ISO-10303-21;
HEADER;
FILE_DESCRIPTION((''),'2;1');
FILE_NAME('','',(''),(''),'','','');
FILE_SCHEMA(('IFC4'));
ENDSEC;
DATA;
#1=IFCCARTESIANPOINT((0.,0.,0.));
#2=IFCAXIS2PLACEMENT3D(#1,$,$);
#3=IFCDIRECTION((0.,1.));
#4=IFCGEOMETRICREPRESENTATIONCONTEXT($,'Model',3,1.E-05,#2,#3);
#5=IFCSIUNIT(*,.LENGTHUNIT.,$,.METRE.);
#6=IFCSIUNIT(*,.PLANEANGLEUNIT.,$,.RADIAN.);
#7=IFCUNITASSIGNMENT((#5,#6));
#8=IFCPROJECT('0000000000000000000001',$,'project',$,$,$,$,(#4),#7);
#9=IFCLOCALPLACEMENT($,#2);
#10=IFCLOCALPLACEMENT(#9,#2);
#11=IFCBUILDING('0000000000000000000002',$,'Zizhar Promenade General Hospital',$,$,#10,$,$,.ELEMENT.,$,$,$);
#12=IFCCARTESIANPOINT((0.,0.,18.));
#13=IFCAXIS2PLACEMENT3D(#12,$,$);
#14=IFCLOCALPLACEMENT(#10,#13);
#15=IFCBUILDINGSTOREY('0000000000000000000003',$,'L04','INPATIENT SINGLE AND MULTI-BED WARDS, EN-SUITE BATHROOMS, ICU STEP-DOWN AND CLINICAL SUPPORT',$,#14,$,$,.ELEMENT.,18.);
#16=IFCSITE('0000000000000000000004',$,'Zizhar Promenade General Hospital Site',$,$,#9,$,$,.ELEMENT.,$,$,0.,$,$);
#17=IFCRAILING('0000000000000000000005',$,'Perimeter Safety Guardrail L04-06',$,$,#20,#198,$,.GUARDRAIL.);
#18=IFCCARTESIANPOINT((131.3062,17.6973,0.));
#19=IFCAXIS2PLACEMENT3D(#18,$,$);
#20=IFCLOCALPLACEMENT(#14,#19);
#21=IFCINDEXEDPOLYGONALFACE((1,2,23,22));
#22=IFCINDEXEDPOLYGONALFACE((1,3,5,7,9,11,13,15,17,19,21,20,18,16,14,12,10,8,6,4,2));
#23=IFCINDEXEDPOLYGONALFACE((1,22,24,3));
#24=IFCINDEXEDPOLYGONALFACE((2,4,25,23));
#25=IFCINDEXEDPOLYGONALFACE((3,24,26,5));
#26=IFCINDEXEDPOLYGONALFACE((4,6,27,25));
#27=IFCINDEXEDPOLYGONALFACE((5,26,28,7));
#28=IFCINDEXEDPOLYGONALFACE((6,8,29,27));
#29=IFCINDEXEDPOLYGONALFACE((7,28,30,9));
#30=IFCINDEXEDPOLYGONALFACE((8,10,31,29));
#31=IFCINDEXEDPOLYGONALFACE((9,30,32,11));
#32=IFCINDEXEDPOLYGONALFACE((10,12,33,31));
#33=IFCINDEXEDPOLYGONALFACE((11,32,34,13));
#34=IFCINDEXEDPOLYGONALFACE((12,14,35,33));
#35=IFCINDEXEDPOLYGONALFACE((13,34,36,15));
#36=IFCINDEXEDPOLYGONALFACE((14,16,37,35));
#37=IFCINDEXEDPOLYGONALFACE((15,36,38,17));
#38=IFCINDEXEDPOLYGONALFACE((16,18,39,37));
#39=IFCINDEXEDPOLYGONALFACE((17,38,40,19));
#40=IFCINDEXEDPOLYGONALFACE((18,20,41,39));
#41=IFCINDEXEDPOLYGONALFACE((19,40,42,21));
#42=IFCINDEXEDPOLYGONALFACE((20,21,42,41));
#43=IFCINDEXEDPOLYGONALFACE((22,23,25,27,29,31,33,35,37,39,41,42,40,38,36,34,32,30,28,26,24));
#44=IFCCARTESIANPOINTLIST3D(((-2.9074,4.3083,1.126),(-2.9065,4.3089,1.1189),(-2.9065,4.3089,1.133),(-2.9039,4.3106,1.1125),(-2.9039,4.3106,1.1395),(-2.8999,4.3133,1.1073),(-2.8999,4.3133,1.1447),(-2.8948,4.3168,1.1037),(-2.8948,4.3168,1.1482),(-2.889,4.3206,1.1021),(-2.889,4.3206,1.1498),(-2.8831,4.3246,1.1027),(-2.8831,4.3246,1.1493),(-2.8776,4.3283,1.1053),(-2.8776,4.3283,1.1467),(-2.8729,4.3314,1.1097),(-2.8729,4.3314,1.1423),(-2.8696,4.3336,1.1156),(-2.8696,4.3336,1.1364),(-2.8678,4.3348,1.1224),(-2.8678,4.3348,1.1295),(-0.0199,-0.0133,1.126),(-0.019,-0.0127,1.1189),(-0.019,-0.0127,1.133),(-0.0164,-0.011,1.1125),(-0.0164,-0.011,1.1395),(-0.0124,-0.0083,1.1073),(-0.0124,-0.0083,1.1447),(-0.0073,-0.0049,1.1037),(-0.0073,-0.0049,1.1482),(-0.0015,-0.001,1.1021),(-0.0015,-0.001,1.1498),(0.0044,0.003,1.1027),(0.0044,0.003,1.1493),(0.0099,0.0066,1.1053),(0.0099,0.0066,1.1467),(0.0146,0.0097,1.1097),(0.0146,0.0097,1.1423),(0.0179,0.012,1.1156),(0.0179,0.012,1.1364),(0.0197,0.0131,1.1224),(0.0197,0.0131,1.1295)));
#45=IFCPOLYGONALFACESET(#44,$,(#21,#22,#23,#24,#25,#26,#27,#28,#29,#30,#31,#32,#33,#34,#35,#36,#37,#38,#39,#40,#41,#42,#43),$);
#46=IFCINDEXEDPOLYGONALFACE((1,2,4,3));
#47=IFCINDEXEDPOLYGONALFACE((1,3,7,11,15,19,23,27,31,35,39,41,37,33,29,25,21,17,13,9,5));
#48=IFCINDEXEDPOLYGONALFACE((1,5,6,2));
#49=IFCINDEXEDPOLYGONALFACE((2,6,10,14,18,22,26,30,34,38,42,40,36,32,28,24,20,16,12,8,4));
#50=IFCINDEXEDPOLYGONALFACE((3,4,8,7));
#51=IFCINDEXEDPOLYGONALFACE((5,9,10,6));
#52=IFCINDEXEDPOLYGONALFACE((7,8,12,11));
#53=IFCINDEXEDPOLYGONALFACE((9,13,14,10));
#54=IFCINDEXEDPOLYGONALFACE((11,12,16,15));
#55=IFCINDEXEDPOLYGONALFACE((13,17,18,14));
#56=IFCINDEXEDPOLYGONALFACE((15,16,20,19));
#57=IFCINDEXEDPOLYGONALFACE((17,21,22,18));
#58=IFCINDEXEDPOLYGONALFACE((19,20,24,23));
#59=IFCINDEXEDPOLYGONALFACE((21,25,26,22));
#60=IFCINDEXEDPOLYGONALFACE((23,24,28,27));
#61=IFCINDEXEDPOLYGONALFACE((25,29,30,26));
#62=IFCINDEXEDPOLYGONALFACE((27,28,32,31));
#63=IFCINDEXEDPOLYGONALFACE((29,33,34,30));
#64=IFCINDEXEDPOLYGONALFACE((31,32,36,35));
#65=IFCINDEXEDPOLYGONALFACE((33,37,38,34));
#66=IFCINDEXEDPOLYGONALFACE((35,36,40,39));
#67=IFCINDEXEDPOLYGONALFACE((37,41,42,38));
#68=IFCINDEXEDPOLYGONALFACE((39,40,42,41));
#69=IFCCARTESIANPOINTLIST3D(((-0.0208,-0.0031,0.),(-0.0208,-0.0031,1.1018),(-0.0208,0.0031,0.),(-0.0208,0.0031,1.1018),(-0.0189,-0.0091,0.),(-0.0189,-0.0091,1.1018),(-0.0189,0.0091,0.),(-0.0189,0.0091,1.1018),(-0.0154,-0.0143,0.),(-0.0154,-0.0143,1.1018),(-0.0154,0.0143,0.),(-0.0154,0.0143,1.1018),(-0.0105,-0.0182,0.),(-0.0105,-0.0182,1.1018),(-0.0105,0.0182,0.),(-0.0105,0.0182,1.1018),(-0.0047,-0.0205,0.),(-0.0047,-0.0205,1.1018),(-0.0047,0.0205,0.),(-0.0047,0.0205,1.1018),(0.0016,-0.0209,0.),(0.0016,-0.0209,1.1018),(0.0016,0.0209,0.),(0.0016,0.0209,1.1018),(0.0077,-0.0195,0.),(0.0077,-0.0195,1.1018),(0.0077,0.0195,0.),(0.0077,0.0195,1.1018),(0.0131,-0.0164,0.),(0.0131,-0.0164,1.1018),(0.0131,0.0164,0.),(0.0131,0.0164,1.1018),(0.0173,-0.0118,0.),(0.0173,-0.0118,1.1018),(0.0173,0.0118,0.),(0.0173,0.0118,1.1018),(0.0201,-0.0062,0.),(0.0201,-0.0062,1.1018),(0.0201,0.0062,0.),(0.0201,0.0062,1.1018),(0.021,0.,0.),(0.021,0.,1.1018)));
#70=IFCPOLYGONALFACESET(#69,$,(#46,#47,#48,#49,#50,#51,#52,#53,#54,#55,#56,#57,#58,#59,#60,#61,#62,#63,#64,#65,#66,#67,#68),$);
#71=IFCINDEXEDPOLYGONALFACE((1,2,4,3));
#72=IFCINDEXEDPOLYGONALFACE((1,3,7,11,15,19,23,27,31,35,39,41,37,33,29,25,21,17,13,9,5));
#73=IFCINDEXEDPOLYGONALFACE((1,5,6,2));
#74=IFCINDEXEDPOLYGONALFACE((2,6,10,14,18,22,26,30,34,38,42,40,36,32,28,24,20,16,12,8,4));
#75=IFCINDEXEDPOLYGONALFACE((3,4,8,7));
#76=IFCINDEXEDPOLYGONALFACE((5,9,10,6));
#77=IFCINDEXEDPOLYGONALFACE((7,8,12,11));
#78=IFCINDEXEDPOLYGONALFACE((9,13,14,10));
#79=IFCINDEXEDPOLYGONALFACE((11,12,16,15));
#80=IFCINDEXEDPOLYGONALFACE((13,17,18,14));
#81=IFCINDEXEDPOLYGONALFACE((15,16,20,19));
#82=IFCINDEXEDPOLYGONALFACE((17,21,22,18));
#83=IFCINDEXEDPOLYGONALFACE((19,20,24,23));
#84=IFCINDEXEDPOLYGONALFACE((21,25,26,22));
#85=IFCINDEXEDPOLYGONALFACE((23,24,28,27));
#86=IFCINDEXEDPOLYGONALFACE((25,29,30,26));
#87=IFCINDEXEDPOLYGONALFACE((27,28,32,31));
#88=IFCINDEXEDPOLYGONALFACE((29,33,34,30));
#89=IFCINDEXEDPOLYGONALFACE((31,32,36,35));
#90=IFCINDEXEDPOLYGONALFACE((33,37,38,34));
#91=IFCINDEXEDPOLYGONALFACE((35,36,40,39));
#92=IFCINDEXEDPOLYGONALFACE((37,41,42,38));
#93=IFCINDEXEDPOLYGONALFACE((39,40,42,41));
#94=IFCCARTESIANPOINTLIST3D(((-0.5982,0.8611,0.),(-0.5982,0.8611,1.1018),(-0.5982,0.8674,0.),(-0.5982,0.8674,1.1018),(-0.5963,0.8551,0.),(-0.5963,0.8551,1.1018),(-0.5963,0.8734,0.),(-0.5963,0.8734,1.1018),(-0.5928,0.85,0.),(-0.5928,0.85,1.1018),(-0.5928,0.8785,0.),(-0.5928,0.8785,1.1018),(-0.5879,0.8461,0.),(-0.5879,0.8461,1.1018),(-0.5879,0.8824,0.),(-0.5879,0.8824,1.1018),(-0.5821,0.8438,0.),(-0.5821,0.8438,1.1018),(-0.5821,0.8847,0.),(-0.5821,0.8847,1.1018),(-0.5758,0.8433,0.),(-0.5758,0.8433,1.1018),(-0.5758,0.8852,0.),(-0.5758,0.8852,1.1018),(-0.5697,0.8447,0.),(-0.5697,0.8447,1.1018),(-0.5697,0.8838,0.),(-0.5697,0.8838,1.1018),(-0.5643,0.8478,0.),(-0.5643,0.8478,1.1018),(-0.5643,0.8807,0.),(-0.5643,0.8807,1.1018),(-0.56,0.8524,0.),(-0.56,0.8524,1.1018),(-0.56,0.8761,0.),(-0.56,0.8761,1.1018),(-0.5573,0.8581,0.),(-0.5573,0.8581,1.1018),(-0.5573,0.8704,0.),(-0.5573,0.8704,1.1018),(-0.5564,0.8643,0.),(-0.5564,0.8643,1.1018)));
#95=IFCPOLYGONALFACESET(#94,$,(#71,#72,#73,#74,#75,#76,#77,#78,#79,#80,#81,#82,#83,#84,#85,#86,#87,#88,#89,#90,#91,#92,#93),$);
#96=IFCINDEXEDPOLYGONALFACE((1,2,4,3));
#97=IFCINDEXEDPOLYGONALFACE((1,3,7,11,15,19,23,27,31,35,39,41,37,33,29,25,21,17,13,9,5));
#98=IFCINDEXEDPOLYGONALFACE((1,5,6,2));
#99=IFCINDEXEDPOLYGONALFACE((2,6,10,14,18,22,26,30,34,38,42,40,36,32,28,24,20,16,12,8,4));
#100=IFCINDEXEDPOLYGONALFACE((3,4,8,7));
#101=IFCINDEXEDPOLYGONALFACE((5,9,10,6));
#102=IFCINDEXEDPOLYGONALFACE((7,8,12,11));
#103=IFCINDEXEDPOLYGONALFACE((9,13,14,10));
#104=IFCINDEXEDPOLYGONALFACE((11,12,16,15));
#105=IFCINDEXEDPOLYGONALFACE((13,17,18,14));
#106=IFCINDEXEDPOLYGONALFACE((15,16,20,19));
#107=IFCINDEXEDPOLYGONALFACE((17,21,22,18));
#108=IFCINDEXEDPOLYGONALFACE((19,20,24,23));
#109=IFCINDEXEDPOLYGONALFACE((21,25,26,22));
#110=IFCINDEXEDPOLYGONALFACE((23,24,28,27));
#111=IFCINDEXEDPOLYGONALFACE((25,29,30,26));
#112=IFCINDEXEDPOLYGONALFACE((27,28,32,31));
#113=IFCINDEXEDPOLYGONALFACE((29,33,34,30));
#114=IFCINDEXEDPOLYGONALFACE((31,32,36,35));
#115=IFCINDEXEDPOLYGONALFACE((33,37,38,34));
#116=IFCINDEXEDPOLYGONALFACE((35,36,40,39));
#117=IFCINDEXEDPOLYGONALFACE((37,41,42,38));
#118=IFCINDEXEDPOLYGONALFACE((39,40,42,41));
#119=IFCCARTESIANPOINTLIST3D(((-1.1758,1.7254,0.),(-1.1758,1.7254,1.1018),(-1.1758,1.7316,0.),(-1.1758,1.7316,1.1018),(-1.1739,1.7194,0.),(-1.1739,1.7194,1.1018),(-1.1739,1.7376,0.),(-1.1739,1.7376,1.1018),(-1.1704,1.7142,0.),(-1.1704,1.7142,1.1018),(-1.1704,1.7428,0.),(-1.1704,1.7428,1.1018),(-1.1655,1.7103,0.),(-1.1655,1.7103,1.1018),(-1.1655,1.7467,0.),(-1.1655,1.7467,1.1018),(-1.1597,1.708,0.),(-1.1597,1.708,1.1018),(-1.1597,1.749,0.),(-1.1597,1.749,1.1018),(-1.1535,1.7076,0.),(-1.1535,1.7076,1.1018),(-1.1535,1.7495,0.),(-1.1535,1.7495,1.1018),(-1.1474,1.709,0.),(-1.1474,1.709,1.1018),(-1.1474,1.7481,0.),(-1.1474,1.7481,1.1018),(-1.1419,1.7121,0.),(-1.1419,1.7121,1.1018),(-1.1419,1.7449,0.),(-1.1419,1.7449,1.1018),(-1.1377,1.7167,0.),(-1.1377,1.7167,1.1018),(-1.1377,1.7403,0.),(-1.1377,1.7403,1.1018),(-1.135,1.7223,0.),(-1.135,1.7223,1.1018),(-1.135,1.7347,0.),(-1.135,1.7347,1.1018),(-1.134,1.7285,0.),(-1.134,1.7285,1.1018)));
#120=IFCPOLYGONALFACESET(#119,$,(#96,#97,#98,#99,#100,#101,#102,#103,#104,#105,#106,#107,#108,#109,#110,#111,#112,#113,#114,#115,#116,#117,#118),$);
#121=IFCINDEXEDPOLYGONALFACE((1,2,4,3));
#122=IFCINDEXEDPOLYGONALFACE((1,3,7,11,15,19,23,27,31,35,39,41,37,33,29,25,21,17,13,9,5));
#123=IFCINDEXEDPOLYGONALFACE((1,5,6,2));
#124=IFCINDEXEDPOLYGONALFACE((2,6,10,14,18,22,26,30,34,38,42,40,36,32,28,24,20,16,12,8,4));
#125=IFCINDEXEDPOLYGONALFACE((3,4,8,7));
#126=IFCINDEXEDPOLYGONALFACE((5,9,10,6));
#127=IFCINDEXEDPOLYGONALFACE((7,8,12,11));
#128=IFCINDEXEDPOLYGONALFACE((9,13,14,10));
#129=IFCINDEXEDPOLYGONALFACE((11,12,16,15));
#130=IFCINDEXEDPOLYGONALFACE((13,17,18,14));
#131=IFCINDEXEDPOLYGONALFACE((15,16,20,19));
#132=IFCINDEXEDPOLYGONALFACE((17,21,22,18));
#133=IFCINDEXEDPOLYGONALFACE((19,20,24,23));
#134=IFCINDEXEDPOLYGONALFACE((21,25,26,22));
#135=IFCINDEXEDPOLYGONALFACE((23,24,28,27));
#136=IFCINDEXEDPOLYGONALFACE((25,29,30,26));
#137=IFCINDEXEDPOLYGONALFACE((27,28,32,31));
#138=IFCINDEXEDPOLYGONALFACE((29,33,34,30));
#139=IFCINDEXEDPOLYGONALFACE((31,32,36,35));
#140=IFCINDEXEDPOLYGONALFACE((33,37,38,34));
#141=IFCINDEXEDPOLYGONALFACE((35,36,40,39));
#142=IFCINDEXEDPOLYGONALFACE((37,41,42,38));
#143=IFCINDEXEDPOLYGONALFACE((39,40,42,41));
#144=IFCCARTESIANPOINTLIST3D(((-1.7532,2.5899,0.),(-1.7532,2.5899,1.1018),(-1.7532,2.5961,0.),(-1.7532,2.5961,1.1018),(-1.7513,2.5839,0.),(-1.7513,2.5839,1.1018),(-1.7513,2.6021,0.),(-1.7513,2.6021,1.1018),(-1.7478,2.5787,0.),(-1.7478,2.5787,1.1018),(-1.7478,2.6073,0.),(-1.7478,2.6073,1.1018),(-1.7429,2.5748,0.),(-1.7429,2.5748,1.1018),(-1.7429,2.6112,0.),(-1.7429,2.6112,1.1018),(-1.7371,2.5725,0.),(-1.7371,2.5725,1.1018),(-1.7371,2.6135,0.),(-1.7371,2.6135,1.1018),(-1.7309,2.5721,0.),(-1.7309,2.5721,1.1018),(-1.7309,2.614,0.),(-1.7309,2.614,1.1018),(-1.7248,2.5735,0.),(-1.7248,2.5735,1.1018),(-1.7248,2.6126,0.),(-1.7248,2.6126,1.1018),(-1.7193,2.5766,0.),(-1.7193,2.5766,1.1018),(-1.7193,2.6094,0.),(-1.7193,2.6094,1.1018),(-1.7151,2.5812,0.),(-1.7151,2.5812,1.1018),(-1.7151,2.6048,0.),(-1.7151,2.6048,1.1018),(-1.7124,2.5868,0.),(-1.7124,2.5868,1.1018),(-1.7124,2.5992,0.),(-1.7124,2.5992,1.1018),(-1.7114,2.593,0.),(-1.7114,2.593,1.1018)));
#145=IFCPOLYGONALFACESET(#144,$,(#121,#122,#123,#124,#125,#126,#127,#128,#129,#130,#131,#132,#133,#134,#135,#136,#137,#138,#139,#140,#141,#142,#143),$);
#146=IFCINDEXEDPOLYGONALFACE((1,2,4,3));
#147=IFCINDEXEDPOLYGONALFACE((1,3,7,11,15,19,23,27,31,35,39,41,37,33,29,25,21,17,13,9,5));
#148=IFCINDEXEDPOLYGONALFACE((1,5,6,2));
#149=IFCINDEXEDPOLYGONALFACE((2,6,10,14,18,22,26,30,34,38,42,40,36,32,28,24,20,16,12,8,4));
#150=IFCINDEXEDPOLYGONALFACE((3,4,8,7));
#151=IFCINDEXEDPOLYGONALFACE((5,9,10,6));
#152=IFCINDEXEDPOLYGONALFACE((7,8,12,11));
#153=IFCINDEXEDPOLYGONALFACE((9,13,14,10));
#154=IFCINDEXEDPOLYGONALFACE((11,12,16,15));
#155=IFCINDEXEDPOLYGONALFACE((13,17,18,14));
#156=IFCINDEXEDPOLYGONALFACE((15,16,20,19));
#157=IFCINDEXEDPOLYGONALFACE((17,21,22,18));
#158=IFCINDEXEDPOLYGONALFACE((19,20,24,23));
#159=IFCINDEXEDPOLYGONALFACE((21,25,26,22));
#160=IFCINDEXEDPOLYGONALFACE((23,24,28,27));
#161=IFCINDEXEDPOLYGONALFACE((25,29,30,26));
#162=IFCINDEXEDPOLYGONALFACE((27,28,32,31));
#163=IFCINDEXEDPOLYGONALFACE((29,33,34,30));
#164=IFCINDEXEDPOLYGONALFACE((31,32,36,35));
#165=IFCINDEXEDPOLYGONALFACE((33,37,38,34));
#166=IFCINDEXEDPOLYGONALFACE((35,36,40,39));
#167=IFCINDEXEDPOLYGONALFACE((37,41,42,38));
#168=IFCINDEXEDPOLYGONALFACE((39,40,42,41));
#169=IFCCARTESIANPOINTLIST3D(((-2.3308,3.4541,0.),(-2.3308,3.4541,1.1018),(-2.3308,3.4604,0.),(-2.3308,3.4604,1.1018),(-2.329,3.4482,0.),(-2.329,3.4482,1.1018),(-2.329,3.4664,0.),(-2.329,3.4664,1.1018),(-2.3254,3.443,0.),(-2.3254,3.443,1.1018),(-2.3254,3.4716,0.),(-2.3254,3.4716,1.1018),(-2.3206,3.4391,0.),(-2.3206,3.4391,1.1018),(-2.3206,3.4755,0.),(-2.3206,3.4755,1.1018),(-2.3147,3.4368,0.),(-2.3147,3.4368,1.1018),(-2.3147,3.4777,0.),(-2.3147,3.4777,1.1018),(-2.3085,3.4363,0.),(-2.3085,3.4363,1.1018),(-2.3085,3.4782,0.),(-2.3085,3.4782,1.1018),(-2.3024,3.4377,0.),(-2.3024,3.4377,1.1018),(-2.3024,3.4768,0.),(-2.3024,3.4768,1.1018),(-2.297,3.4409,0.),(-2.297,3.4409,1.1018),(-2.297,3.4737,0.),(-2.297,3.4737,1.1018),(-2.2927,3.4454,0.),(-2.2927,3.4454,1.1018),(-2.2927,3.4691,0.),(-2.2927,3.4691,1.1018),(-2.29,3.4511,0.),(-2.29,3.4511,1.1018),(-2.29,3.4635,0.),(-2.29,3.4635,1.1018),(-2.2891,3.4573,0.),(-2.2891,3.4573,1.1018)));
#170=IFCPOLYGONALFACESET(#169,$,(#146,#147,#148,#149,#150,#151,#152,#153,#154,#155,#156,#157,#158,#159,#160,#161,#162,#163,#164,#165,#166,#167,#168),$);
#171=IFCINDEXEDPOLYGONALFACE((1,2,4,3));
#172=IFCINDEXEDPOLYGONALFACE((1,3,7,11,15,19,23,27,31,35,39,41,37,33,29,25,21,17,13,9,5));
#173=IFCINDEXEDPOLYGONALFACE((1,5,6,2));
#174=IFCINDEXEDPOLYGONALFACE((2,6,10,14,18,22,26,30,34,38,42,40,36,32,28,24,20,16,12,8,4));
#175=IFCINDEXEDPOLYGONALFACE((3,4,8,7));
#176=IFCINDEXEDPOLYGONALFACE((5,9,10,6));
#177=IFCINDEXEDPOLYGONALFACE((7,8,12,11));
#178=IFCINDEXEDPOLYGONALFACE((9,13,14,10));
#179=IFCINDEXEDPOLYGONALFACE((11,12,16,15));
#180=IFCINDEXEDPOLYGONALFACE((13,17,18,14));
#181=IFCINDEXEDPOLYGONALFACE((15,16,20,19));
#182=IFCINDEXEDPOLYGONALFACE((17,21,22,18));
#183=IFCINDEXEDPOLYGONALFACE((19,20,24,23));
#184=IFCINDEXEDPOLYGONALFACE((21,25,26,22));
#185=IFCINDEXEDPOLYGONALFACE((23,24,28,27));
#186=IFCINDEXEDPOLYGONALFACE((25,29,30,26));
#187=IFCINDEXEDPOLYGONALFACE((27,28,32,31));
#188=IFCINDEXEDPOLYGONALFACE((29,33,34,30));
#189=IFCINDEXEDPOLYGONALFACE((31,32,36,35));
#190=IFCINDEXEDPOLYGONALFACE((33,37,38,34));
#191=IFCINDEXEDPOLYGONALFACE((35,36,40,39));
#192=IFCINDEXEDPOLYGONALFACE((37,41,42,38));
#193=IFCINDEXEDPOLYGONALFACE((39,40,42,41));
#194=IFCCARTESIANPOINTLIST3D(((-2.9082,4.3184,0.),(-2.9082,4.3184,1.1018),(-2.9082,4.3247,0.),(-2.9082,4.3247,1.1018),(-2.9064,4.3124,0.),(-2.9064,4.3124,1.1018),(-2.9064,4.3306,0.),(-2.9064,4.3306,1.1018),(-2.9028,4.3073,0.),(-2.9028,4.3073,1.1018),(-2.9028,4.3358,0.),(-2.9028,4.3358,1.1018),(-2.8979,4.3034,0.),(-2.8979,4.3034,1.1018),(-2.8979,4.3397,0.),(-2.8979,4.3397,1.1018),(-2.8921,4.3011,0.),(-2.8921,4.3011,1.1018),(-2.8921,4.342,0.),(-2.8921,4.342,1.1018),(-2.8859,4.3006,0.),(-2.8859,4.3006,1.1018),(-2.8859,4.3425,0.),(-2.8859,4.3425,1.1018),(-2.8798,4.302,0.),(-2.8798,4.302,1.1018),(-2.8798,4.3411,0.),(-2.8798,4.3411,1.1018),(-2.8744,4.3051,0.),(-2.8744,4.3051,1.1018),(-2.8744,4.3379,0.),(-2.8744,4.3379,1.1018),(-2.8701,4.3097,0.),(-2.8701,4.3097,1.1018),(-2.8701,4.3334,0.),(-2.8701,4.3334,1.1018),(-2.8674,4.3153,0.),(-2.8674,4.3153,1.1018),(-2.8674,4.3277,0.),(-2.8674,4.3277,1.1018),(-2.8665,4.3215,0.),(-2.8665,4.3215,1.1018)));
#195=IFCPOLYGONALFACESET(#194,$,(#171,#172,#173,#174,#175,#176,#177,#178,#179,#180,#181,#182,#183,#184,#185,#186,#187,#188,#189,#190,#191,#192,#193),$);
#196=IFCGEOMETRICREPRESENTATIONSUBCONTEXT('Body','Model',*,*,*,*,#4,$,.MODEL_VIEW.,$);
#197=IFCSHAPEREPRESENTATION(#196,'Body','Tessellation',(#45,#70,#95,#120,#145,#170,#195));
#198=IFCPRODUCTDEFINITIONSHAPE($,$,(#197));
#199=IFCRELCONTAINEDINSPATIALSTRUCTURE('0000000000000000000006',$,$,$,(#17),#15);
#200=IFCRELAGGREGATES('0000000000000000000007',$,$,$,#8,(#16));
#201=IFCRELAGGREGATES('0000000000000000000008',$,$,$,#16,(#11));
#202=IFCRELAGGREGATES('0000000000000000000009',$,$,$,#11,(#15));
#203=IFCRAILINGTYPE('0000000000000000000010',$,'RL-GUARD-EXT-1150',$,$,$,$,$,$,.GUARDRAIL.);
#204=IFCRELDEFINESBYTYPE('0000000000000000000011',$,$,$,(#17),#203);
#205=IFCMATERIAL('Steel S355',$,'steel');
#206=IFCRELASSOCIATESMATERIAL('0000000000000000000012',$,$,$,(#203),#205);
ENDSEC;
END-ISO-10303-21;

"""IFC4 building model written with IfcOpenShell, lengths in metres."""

from ifc_helpers import new_model, si_unit, direction, frame, origin, origin_2d, place, context, subcontext, project, spatial, hollow_rectangle, circle, extrude, material, material_profile, profile_set, type_object, element, save


model = new_model("IFC4")

# Units and contexts
model_context = context("Model", 3, precision=1e-05, world=origin(), true_north=direction((0.0, 1.0)))
body_context = subcontext(model_context, "Body", "Model", "MODEL_VIEW")
ifc_project = project(units=[si_unit("LENGTHUNIT", "METRE"), si_unit("PLANEANGLEUNIT", "RADIAN")], contexts=[model_context])

# Site, building, storey
site_placement = place(None, origin())
site = spatial("IfcSite", under=ifc_project, at=site_placement, Name="Zizhar Promenade General Hospital Site", CompositionType="ELEMENT", RefElevation=0.0)
building_placement = place(site_placement, origin())
building = spatial("IfcBuilding", under=site, at=building_placement, Name="Zizhar Promenade General Hospital", CompositionType="ELEMENT")
storey_placement = place(building_placement, frame((0.0, 0.0, 18.0)))
storey = spatial("IfcBuildingStorey", under=building, at=storey_placement, Name="L04", Description="INPATIENT SINGLE AND MULTI-BED WARDS, EN-SUITE BATHROOMS, ICU STEP-DOWN AND CLINICAL SUPPORT", CompositionType="ELEMENT", Elevation=18.0)

# Railing
ifc_material_1 = material(Name="Steel S355", Category="steel")
ifc_material_profile_1 = material_profile(ifc_material_1, hollow_rectangle(XDim=0.0601, YDim=0.1201, WallThickness=0.0039, at=origin_2d()))
ifc_profile_set_1 = profile_set([ifc_material_profile_1], Name="Steel S355")
railing_type = type_object("IfcRailingType", Name="RL-GUARD-EXT-1150", PredefinedType="GUARDRAIL", material=ifc_profile_set_1)
railing_1_placement = place(storey_placement, frame((131.3062, 17.6973, 0.0)))
element("IfcRailing", 1, at=railing_1_placement, inside=storey, type_object=railing_type, Name="Perimeter Safety Guardrail L04-06", PredefinedType="GUARDRAIL", context=body_context, shape_type="SweptSolid", body=[
    extrude(circle(Radius=0.0239, at=origin_2d()), frame((0.0, 0.0, 1.126), z_axis=(-0.555556, 0.831479, 0.0), x_axis=(-0.831479, -0.555556, 0.0)), (0.0, 0.0, 1.0), 5.1975),
    extrude(circle(Radius=0.021, at=origin_2d()), origin(), (0.0, 0.0, 1.0), 1.1018),
    extrude(circle(Radius=0.021, at=origin_2d()), frame((-0.5774, 0.8643, 0.0)), (0.0, 0.0, 1.0), 1.1018),
    extrude(circle(Radius=0.021, at=origin_2d()), frame((-1.155, 1.7285, 0.0)), (0.0, 0.0, 1.0), 1.1018),
    extrude(circle(Radius=0.021, at=origin_2d()), frame((-1.7324, 2.593, 0.0)), (0.0, 0.0, 1.0), 1.1018),
    extrude(circle(Radius=0.021, at=origin_2d()), frame((-2.3101, 3.4573, 0.0)), (0.0, 0.0, 1.0), 1.1018),
    extrude(circle(Radius=0.021, at=origin_2d()), frame((-2.8875, 4.3215, 0.0)), (0.0, 0.0, 1.0), 1.1018),
])

save(model, "model.ifc")
